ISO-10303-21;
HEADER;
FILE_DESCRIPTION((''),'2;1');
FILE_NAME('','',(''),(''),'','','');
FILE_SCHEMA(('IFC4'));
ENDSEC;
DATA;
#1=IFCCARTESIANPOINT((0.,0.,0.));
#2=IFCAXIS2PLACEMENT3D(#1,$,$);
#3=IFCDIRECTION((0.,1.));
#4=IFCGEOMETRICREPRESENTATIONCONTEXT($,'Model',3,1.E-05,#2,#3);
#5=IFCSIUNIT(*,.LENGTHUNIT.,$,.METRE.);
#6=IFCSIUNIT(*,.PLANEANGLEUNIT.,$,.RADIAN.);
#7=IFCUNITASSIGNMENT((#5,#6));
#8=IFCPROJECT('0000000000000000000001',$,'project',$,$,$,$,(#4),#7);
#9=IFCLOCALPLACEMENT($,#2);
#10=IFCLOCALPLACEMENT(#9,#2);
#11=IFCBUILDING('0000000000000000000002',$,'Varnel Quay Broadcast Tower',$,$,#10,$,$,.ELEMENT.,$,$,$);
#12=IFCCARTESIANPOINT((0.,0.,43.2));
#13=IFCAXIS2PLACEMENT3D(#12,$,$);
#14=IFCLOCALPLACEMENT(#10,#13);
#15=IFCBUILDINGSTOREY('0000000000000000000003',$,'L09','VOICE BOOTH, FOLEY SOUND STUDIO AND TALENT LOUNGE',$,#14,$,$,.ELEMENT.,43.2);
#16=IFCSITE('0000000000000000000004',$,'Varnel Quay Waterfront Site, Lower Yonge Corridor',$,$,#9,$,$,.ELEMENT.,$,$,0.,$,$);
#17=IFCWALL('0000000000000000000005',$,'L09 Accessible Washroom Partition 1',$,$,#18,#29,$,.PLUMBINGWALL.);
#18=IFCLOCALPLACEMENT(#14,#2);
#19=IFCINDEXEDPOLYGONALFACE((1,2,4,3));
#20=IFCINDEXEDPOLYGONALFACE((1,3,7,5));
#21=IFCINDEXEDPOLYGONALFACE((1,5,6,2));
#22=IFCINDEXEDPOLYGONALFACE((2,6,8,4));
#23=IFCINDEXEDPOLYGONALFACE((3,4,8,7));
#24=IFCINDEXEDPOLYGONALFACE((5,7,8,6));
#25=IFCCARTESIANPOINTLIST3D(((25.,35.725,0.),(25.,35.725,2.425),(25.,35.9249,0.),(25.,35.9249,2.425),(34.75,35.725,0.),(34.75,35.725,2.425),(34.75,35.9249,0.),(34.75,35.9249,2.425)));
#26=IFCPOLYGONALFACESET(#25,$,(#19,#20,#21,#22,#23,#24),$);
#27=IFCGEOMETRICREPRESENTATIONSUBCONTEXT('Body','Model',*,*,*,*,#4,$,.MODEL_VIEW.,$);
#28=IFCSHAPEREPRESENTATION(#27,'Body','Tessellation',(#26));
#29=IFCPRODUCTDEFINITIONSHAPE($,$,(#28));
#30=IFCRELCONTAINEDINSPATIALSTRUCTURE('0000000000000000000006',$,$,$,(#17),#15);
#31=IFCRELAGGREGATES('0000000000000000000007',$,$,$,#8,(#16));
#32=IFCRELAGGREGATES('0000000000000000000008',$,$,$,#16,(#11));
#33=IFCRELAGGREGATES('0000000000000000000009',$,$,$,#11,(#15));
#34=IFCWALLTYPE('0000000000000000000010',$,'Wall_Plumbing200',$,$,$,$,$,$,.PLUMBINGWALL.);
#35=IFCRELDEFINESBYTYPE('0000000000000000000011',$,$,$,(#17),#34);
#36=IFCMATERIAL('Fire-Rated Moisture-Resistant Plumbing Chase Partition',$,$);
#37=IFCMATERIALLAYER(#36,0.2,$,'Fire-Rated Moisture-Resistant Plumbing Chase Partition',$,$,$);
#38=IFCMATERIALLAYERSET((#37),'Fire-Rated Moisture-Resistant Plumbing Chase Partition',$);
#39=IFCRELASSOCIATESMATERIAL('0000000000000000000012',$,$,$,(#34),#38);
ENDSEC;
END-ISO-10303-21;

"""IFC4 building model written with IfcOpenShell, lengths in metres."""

from ifc_helpers import new_model, si_unit, direction, frame, frame_2d, origin, place, context, subcontext, project, spatial, rectangle, extrude, material, layer, layer_set, type_object, element, save


model = new_model("IFC4")

# Units and contexts
model_context = context("Model", 3, precision=1e-05, world=origin(), true_north=direction((0.0, 1.0)))
body_context = subcontext(model_context, "Body", "Model", "MODEL_VIEW")
ifc_project = project(units=[si_unit("LENGTHUNIT", "METRE"), si_unit("PLANEANGLEUNIT", "RADIAN")], contexts=[model_context])

# Site, building, storey
site_placement = place(None, origin())
site = spatial("IfcSite", under=ifc_project, at=site_placement, Name="Varnel Quay Waterfront Site, Lower Yonge Corridor", CompositionType="ELEMENT", RefElevation=0.0)
building_placement = place(site_placement, origin())
building = spatial("IfcBuilding", under=site, at=building_placement, Name="Varnel Quay Broadcast Tower", CompositionType="ELEMENT")
storey_placement = place(building_placement, frame((0.0, 0.0, 43.2)))
storey = spatial("IfcBuildingStorey", under=building, at=storey_placement, Name="L09", Description="VOICE BOOTH, FOLEY SOUND STUDIO AND TALENT LOUNGE", CompositionType="ELEMENT", Elevation=43.2)

# Wall
ifc_material_1 = material(Name="Fire-Rated Moisture-Resistant Plumbing Chase Partition")
ifc_layer_1 = layer(ifc_material_1, 0.2, Name="Fire-Rated Moisture-Resistant Plumbing Chase Partition")
ifc_layer_set_1 = layer_set([ifc_layer_1], Name="Fire-Rated Moisture-Resistant Plumbing Chase Partition")
wall_type_1 = type_object("IfcWallType", Name="Wall_Plumbing200", PredefinedType="PLUMBINGWALL", material=ifc_layer_set_1)
wall_1_placement = place(storey_placement, frame((25.0, 35.825, 0.0), z_axis=(0.0, 0.0, 1.0), x_axis=(1.0, 0.0, 0.0)))
element("IfcWall", 1, at=wall_1_placement, inside=storey, type_object=wall_type_1, Name="L09 Accessible Washroom Partition 1", PredefinedType="PLUMBINGWALL", context=body_context, shape_type="SweptSolid", body=[
    extrude(rectangle(XDim=9.75, YDim=0.2, at=frame_2d((4.875, 0.0))), origin(), (0.0, 0.0, 1.0), 2.425),
])

save(model, "model.ifc")
